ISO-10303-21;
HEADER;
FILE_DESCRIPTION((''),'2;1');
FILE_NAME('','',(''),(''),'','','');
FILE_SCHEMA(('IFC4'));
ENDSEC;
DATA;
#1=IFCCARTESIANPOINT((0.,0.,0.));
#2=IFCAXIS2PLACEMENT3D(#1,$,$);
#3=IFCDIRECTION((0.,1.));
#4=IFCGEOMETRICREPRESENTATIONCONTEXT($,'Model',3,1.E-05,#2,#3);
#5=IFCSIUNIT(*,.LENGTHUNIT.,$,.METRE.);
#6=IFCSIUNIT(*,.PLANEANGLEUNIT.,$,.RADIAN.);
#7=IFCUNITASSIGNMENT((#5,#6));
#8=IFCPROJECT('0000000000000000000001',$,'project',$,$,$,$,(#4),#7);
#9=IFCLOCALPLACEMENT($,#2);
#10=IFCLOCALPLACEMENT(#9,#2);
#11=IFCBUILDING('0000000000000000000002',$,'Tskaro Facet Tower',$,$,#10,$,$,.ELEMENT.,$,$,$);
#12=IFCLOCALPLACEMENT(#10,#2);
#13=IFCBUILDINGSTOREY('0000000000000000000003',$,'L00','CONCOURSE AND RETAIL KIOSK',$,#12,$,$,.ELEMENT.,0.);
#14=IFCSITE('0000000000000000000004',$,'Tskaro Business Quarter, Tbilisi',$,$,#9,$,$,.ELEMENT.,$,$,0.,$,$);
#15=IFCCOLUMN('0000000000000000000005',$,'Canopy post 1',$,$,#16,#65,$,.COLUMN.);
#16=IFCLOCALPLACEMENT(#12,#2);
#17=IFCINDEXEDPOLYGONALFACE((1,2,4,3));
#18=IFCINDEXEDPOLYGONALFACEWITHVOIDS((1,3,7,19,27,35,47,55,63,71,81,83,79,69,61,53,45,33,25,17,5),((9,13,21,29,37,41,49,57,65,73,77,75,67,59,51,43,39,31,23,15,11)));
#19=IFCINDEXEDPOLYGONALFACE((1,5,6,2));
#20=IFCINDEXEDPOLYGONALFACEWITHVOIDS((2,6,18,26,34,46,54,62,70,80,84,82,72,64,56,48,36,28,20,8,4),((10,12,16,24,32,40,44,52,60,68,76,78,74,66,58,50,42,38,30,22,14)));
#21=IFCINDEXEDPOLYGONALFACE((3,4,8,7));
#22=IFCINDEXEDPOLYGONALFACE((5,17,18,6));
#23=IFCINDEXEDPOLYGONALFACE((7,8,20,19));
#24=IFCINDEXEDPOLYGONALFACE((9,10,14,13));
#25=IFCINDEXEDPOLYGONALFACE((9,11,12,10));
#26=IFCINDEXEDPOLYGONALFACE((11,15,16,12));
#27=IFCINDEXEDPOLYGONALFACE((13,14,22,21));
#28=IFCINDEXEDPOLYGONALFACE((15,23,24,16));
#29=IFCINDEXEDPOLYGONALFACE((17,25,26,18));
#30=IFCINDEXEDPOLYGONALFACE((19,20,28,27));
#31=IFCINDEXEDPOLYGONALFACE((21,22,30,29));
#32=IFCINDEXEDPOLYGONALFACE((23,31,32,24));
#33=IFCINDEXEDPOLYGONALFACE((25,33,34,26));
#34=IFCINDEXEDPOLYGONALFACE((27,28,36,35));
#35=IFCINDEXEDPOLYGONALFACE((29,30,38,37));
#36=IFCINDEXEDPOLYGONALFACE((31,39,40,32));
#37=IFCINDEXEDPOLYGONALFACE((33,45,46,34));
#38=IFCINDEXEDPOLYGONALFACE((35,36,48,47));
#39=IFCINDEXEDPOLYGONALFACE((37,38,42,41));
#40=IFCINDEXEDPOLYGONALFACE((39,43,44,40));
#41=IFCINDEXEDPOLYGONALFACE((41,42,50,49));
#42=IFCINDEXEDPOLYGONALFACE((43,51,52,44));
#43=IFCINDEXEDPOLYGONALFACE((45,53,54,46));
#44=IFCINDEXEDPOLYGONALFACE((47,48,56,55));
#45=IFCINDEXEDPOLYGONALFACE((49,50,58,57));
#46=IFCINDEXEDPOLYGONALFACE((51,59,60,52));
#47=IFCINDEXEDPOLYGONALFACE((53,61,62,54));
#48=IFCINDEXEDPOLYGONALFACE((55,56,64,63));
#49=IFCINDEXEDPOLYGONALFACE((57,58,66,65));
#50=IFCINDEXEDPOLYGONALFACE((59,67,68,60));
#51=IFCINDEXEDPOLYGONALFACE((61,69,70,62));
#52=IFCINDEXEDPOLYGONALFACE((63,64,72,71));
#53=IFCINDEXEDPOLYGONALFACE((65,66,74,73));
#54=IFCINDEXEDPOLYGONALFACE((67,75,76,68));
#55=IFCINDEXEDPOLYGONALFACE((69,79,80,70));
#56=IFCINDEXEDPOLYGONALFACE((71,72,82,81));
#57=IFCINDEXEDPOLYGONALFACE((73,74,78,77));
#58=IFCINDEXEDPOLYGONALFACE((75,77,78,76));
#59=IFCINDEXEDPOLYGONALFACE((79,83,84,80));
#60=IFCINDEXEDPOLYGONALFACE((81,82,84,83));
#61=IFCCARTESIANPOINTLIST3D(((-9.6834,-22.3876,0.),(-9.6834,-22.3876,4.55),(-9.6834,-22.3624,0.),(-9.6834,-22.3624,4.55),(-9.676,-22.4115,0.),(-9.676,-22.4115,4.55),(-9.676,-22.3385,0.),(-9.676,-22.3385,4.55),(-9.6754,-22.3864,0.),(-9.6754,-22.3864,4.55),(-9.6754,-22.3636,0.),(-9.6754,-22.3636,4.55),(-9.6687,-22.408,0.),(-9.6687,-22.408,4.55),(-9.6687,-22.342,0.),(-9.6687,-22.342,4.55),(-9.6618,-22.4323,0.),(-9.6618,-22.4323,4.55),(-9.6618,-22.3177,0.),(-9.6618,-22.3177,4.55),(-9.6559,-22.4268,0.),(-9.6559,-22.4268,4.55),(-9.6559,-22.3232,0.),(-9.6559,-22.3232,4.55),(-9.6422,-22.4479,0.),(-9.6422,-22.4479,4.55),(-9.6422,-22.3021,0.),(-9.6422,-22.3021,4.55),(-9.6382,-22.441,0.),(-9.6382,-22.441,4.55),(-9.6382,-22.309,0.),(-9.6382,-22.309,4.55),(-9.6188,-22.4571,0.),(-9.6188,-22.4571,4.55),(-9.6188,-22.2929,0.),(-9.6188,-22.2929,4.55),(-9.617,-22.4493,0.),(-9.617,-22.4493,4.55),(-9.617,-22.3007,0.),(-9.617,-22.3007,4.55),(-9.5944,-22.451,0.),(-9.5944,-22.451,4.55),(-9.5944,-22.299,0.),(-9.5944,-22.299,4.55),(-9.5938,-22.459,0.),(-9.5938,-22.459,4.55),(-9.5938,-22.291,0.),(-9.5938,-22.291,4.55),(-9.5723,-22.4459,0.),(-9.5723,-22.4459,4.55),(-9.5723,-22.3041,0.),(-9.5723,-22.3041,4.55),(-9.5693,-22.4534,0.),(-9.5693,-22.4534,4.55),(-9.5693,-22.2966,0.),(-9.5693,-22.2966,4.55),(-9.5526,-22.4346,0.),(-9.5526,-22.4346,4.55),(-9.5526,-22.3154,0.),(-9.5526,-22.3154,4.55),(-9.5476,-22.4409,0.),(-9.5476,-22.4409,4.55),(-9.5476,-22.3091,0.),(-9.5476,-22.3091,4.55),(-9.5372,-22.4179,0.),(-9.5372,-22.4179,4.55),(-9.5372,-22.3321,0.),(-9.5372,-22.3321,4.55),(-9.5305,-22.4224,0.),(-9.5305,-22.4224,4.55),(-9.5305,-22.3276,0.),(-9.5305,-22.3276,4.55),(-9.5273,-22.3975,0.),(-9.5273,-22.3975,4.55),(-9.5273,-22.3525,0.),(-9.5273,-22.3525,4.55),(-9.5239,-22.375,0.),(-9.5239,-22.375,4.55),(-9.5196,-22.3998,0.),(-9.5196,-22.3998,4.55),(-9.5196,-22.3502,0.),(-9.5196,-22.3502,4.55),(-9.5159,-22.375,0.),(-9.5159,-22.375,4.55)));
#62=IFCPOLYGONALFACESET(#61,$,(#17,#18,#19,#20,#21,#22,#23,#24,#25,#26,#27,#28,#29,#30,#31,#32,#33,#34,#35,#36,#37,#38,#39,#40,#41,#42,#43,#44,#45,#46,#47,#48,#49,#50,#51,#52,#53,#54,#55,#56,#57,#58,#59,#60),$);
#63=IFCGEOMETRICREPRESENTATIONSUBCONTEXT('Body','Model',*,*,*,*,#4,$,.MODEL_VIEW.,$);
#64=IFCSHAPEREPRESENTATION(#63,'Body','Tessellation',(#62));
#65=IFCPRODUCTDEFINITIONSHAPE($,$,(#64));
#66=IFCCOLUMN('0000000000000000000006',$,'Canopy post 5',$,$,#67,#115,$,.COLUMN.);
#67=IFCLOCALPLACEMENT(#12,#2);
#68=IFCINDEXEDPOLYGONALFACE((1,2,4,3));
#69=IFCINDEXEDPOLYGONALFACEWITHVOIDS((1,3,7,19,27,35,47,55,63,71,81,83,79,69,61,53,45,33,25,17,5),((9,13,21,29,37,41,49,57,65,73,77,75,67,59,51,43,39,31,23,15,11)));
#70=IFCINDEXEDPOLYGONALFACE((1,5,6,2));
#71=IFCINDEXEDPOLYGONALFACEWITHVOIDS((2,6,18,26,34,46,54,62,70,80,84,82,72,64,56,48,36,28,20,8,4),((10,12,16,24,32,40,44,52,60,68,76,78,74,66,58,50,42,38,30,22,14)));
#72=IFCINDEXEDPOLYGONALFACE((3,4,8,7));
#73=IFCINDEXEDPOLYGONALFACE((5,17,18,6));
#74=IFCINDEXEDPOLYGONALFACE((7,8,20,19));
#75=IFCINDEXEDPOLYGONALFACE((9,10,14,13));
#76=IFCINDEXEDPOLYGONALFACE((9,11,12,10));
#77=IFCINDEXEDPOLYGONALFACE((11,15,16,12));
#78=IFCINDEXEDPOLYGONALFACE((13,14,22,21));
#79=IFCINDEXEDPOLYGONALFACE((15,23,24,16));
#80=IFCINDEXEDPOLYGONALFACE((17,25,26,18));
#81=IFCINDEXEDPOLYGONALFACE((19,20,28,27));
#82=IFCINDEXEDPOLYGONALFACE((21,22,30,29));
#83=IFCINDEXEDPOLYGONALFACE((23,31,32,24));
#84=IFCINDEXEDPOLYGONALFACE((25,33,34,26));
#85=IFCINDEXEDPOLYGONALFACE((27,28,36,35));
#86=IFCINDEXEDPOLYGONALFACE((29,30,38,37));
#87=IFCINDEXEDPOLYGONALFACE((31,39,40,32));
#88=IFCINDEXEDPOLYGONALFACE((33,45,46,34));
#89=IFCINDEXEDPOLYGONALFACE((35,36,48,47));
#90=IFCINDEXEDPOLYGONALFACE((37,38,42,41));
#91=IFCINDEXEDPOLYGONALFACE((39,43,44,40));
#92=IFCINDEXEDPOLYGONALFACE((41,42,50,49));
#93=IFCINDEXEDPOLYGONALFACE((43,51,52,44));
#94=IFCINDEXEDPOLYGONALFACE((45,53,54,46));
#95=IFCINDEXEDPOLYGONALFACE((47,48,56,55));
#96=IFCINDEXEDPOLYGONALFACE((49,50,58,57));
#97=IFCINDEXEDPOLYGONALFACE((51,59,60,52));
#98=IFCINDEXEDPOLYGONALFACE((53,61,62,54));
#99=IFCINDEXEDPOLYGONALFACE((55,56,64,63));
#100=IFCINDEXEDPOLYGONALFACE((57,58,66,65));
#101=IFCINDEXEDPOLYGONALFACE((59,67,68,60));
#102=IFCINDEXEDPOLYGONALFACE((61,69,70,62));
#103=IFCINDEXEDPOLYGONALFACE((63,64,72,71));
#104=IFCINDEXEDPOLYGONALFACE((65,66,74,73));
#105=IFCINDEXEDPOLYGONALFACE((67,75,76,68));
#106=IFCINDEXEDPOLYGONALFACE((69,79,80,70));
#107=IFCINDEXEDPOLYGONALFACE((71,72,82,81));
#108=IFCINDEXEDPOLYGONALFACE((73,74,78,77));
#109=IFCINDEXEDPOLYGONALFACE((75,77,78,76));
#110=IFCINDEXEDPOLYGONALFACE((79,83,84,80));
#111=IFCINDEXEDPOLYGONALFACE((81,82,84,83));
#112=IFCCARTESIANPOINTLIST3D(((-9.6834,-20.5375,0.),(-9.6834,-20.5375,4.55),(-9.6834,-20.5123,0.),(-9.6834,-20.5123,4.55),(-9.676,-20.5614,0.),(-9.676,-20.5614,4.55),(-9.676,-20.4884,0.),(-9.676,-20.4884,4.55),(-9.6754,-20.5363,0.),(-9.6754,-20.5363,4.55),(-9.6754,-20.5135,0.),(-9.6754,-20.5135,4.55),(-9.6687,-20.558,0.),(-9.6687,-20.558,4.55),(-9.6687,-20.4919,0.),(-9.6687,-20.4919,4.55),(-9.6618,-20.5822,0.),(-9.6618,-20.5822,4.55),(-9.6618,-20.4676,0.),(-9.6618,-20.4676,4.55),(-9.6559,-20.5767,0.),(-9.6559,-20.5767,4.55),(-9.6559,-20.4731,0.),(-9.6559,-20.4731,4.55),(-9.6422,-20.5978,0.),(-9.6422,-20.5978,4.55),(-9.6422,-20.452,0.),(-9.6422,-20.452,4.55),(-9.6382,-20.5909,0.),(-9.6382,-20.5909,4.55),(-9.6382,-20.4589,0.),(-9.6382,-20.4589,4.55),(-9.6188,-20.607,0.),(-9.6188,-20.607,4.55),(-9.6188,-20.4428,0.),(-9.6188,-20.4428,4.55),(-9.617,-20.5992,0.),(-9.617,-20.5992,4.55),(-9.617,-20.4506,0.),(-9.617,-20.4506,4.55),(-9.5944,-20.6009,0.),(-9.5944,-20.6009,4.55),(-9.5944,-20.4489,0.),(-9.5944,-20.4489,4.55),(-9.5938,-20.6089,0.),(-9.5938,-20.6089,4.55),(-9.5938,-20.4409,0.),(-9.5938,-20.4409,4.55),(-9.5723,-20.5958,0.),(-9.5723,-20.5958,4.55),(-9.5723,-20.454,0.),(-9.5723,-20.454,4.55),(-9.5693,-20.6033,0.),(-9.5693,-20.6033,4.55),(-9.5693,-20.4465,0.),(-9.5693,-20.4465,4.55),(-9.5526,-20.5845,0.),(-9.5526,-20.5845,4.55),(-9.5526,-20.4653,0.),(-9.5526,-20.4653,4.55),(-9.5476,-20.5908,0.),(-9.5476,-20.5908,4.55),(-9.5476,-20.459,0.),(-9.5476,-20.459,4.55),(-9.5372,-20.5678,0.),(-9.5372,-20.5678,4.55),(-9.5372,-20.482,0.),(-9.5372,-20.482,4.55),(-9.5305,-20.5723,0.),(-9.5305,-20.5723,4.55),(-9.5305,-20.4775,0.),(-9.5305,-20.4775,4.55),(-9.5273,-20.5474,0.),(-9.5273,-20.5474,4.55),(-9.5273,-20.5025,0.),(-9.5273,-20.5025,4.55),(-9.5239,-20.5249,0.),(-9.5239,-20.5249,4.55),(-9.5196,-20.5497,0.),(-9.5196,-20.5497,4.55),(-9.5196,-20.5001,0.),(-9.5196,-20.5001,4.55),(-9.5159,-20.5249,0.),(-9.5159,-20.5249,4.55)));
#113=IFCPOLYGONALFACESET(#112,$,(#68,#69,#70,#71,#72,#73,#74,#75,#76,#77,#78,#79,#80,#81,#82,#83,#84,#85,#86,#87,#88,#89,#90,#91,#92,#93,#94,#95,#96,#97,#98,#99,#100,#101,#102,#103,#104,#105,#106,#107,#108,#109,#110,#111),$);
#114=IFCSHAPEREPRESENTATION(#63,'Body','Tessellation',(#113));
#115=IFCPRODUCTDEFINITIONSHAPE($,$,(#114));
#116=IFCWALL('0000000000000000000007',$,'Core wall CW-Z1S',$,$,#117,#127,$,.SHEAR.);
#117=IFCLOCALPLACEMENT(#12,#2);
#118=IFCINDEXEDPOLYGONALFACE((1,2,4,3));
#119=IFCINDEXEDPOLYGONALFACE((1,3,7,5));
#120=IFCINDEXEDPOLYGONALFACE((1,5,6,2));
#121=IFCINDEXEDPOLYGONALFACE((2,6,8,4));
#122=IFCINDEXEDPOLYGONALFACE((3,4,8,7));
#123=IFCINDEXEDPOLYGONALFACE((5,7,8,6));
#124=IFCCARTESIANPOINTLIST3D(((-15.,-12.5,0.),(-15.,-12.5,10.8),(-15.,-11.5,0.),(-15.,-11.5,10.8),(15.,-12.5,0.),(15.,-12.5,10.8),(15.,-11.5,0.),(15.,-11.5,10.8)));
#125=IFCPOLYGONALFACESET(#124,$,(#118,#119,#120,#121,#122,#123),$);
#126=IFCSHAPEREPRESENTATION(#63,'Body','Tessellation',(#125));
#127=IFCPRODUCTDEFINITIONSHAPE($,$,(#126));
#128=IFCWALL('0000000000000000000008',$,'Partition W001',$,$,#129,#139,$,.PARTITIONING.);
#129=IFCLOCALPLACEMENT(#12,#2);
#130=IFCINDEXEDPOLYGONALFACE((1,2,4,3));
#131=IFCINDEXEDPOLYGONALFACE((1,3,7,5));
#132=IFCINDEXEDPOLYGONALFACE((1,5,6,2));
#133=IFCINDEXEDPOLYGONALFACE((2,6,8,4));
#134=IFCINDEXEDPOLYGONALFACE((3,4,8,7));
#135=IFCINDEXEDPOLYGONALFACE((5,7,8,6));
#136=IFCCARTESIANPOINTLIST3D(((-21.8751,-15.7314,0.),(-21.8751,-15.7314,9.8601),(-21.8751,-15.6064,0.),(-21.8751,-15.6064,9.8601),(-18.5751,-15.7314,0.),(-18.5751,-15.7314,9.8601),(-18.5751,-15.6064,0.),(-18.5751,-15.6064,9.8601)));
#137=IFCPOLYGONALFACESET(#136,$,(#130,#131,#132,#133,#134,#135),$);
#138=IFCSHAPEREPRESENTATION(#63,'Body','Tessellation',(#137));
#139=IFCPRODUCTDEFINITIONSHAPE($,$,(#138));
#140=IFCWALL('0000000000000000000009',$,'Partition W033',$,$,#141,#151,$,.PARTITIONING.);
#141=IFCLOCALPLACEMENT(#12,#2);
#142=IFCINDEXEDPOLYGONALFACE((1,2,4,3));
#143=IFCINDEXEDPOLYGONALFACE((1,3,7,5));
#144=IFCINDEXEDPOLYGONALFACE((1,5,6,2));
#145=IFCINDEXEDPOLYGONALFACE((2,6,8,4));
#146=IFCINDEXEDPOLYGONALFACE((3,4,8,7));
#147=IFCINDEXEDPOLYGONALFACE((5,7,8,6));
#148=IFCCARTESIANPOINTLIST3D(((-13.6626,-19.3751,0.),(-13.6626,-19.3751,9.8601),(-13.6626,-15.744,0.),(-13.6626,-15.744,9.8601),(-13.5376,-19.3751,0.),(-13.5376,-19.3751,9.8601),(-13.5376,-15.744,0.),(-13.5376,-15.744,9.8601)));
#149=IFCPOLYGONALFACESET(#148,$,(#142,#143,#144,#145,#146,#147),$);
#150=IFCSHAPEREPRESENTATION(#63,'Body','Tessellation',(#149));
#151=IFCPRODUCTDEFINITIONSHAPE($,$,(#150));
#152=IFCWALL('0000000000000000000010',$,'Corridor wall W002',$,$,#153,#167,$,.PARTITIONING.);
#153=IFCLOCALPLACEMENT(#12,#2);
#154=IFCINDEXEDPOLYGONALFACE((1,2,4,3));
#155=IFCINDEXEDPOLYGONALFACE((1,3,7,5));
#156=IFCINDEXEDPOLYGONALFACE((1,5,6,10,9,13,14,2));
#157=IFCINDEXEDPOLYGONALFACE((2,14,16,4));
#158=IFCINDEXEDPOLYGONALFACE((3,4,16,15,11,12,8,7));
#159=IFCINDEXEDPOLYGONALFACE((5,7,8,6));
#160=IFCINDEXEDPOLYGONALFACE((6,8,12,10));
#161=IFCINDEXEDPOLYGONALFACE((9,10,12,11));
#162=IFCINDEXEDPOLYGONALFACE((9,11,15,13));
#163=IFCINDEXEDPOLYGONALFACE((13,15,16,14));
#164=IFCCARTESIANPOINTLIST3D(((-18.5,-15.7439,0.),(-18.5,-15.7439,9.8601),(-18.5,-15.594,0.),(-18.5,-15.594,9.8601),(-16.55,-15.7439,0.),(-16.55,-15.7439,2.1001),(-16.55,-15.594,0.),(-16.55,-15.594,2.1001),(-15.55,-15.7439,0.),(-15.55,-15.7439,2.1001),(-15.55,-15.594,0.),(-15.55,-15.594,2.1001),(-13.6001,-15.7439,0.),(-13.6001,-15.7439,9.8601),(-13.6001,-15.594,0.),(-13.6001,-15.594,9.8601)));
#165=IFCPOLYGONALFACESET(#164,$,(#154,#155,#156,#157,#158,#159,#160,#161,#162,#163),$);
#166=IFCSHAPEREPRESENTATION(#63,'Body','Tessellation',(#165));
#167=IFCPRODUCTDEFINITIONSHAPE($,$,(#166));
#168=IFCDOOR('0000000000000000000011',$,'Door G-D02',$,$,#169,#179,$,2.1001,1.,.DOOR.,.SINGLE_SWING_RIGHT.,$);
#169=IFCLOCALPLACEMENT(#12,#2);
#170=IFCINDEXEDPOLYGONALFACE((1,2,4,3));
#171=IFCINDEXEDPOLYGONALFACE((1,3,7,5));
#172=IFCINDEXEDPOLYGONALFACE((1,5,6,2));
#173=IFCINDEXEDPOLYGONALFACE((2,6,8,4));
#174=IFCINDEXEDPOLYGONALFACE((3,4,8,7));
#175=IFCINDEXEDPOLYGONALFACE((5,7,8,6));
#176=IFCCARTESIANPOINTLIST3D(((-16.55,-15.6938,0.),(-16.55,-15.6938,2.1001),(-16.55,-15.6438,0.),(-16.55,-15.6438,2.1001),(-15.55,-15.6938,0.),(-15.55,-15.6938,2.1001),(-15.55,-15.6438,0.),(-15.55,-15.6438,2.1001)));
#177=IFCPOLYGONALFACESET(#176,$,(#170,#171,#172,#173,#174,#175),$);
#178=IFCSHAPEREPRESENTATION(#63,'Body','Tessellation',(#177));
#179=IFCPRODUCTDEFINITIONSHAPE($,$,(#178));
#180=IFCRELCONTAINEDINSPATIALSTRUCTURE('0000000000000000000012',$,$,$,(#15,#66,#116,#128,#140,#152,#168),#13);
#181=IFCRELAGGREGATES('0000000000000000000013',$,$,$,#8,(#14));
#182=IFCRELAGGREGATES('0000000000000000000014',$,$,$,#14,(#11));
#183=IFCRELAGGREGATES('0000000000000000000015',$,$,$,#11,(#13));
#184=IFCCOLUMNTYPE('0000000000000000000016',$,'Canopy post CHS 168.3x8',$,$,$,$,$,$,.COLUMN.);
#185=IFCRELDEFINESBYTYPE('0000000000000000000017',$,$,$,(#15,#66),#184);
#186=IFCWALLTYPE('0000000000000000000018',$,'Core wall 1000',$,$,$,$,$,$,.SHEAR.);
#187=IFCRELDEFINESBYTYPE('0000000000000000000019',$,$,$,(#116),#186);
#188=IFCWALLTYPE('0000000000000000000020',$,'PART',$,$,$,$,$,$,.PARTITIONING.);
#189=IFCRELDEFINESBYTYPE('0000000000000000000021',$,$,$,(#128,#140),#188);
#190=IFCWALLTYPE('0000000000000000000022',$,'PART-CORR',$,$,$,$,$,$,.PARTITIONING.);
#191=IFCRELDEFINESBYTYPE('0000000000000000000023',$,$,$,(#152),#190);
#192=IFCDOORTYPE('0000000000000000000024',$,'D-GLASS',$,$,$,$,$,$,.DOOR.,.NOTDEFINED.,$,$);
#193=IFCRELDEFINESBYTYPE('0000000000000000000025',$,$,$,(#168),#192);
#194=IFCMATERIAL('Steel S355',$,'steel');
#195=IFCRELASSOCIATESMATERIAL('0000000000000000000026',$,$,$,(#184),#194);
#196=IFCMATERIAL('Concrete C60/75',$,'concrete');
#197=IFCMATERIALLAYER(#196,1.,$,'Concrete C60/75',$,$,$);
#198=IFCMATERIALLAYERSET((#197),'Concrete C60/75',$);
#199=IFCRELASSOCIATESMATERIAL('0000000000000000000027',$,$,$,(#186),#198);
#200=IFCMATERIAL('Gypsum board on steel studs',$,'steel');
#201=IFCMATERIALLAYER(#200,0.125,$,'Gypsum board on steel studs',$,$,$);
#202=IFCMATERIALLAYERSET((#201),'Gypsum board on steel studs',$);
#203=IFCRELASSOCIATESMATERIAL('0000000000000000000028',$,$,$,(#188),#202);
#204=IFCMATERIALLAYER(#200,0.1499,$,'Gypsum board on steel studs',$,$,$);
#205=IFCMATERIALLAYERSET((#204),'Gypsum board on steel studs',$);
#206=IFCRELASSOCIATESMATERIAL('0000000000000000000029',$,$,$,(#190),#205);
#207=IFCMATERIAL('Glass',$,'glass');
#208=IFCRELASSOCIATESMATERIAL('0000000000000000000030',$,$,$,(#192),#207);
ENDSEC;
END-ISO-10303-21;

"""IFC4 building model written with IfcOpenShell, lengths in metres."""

from ifc_helpers import new_model, si_unit, direction, frame, frame_2d, origin, origin_2d, place, context, subcontext, project, spatial, rectangle, hollow_circle, extrude, material, layer, layer_set, material_profile, profile_set, type_object, element, fill, save


model = new_model("IFC4")

# Units and contexts
model_context = context("Model", 3, precision=1e-05, world=origin(), true_north=direction((0.0, 1.0)))
body_context = subcontext(model_context, "Body", "Model", "MODEL_VIEW")
ifc_project = project(units=[si_unit("LENGTHUNIT", "METRE"), si_unit("PLANEANGLEUNIT", "RADIAN")], contexts=[model_context])

# Site, building, storey
site_placement = place(None, origin())
site = spatial("IfcSite", under=ifc_project, at=site_placement, Name="Tskaro Business Quarter, Tbilisi", CompositionType="ELEMENT", RefElevation=0.0)
building_placement = place(site_placement, origin())
building = spatial("IfcBuilding", under=site, at=building_placement, Name="Tskaro Facet Tower", CompositionType="ELEMENT")
storey_placement = place(building_placement, origin())
storey = spatial("IfcBuildingStorey", under=building, at=storey_placement, Name="L00", Description="CONCOURSE AND RETAIL KIOSK", CompositionType="ELEMENT", Elevation=0.0)

# Columns
ifc_material_1 = material(Name="Steel S355", Category="steel")
ifc_material_profile_1 = material_profile(ifc_material_1, hollow_circle(Radius=0.0842, WallThickness=0.0081, at=origin_2d()), Name="CHS 168.3x8")
ifc_profile_set_1 = profile_set([ifc_material_profile_1], Name="Steel S355")
column_type_1 = type_object("IfcColumnType", Name="Canopy post CHS 168.3x8", PredefinedType="COLUMN", material=ifc_profile_set_1)
for number, where, z_axis, x_axis, name in (
    (1, (-9.6001, -22.375, 0.0), (0.0, 0.0, 1.0), (1.0, 0.0, 0.0), "Canopy post 1"),
    (2, (-9.6001, -20.5249, 0.0), (0.0, 0.0, 1.0), (1.0, 0.0, 0.0), "Canopy post 5"),
):
    element("IfcColumn", number, at=place(storey_placement, frame(where, z_axis=z_axis, x_axis=x_axis)), inside=storey, type_object=column_type_1, Name=name, PredefinedType="COLUMN", context=body_context, shape_type="SweptSolid", body=[
        extrude(hollow_circle(Radius=0.0842, WallThickness=0.0081, at=origin_2d()), origin(), (0.0, 0.0, 1.0), 4.55),
    ])

# Walls
ifc_material_2 = material(Name="Concrete C60/75", Category="concrete")
ifc_layer_1 = layer(ifc_material_2, 1.0, Name="Concrete C60/75")
ifc_layer_set_1 = layer_set([ifc_layer_1], Name="Concrete C60/75")
wall_type_1 = type_object("IfcWallType", Name="Core wall 1000", PredefinedType="SHEAR", material=ifc_layer_set_1)
wall_1_placement = place(storey_placement, frame((-15.0, -12.0, 0.0), z_axis=(0.0, 0.0, 1.0), x_axis=(1.0, 0.0, 0.0)))
element("IfcWall", 3, at=wall_1_placement, inside=storey, type_object=wall_type_1, Name="Core wall CW-Z1S", PredefinedType="SHEAR", context=body_context, shape_type="SweptSolid", body=[
    extrude(rectangle(XDim=30.0, YDim=1.0, at=frame_2d((15.0, 0.0))), origin(), (0.0, 0.0, 1.0), 10.8),
])
ifc_material_3 = material(Name="Gypsum board on steel studs", Category="steel")
ifc_layer_2 = layer(ifc_material_3, 0.125, Name="Gypsum board on steel studs")
ifc_layer_set_2 = layer_set([ifc_layer_2], Name="Gypsum board on steel studs")
wall_type_2 = type_object("IfcWallType", Name="PART", PredefinedType="PARTITIONING", material=ifc_layer_set_2)
wall_2_placement = place(storey_placement, frame((-21.875, -15.6689, 0.0), z_axis=(0.0, 0.0, 1.0), x_axis=(1.0, 0.0, 0.0)))
element("IfcWall", 4, at=wall_2_placement, inside=storey, type_object=wall_type_2, Name="Partition W001", PredefinedType="PARTITIONING", context=body_context, shape_type="SweptSolid", body=[
    extrude(rectangle(XDim=3.3, YDim=0.125, at=frame_2d((1.6499, 0.0))), origin(), (0.0, 0.0, 1.0), 9.8601),
])
wall_3_placement = place(storey_placement, frame((-13.6001, -19.375, 0.0), z_axis=(0.0, 0.0, 1.0), x_axis=(0.0, 1.0, 0.0)))
element("IfcWall", 5, at=wall_3_placement, inside=storey, type_object=wall_type_2, Name="Partition W033", PredefinedType="PARTITIONING", context=body_context, shape_type="SweptSolid", body=[
    extrude(rectangle(XDim=3.6311, YDim=0.125, at=frame_2d((1.8154, 0.0))), origin(), (0.0, 0.0, 1.0), 9.8601),
])

# Wall, opening, door
ifc_layer_3 = layer(ifc_material_3, 0.1499, Name="Gypsum board on steel studs")
ifc_layer_set_3 = layer_set([ifc_layer_3], Name="Gypsum board on steel studs")
wall_type_3 = type_object("IfcWallType", Name="PART-CORR", PredefinedType="PARTITIONING", material=ifc_layer_set_3)
wall_4_placement = place(storey_placement, frame((-13.6001, -15.6689, 0.0), z_axis=(0.0, 0.0, 1.0), x_axis=(-1.0, 0.0, 0.0)))
wall_4 = element("IfcWall", 6, at=wall_4_placement, inside=storey, type_object=wall_type_3, Name="Corridor wall W002", PredefinedType="PARTITIONING", context=body_context, shape_type="SweptSolid", body=[
    extrude(rectangle(XDim=4.8999, YDim=0.1499, at=frame_2d((2.45, 0.0))), origin(), (0.0, 0.0, 1.0), 9.8601),
])
opening_1_placement = place(wall_4_placement, frame((1.95, 0.0, 0.0)))
opening_1 = element("IfcOpeningElement", 7, at=opening_1_placement, cuts=wall_4, PredefinedType="OPENING", context=body_context, shape_type="SweptSolid", body=[
    extrude(rectangle(XDim=1.0, YDim=2.1001, at=frame_2d((0.5, 1.05))), frame((0.0, 0.085, 0.0), z_axis=(0.0, -1.0, 0.0), x_axis=(1.0, 0.0, 0.0)), (0.0, 0.0, 1.0), 0.1699),
])
ifc_material_4 = material(Name="Glass", Category="glass")
door_type = type_object("IfcDoorType", Name="D-GLASS", OperationType="NOTDEFINED", PredefinedType="DOOR", material=ifc_material_4)
door_1_placement = place(opening_1_placement, origin())
door_1 = element("IfcDoor", 8, at=door_1_placement, inside=storey, type_object=door_type, Name="Door G-D02", OperationType="SINGLE_SWING_RIGHT", OverallHeight=2.1001, OverallWidth=1.0, PredefinedType="DOOR", context=body_context, shape_type="SweptSolid", body=[
    extrude(rectangle(XDim=1.0, YDim=2.1001, at=frame_2d((0.5, 1.05))), frame((0.0, 0.0249, 0.0), z_axis=(0.0, -1.0, 0.0), x_axis=(1.0, 0.0, 0.0)), (0.0, 0.0, 1.0), 0.05),
])
fill(opening_1, door_1)

save(model, "model.ifc")
